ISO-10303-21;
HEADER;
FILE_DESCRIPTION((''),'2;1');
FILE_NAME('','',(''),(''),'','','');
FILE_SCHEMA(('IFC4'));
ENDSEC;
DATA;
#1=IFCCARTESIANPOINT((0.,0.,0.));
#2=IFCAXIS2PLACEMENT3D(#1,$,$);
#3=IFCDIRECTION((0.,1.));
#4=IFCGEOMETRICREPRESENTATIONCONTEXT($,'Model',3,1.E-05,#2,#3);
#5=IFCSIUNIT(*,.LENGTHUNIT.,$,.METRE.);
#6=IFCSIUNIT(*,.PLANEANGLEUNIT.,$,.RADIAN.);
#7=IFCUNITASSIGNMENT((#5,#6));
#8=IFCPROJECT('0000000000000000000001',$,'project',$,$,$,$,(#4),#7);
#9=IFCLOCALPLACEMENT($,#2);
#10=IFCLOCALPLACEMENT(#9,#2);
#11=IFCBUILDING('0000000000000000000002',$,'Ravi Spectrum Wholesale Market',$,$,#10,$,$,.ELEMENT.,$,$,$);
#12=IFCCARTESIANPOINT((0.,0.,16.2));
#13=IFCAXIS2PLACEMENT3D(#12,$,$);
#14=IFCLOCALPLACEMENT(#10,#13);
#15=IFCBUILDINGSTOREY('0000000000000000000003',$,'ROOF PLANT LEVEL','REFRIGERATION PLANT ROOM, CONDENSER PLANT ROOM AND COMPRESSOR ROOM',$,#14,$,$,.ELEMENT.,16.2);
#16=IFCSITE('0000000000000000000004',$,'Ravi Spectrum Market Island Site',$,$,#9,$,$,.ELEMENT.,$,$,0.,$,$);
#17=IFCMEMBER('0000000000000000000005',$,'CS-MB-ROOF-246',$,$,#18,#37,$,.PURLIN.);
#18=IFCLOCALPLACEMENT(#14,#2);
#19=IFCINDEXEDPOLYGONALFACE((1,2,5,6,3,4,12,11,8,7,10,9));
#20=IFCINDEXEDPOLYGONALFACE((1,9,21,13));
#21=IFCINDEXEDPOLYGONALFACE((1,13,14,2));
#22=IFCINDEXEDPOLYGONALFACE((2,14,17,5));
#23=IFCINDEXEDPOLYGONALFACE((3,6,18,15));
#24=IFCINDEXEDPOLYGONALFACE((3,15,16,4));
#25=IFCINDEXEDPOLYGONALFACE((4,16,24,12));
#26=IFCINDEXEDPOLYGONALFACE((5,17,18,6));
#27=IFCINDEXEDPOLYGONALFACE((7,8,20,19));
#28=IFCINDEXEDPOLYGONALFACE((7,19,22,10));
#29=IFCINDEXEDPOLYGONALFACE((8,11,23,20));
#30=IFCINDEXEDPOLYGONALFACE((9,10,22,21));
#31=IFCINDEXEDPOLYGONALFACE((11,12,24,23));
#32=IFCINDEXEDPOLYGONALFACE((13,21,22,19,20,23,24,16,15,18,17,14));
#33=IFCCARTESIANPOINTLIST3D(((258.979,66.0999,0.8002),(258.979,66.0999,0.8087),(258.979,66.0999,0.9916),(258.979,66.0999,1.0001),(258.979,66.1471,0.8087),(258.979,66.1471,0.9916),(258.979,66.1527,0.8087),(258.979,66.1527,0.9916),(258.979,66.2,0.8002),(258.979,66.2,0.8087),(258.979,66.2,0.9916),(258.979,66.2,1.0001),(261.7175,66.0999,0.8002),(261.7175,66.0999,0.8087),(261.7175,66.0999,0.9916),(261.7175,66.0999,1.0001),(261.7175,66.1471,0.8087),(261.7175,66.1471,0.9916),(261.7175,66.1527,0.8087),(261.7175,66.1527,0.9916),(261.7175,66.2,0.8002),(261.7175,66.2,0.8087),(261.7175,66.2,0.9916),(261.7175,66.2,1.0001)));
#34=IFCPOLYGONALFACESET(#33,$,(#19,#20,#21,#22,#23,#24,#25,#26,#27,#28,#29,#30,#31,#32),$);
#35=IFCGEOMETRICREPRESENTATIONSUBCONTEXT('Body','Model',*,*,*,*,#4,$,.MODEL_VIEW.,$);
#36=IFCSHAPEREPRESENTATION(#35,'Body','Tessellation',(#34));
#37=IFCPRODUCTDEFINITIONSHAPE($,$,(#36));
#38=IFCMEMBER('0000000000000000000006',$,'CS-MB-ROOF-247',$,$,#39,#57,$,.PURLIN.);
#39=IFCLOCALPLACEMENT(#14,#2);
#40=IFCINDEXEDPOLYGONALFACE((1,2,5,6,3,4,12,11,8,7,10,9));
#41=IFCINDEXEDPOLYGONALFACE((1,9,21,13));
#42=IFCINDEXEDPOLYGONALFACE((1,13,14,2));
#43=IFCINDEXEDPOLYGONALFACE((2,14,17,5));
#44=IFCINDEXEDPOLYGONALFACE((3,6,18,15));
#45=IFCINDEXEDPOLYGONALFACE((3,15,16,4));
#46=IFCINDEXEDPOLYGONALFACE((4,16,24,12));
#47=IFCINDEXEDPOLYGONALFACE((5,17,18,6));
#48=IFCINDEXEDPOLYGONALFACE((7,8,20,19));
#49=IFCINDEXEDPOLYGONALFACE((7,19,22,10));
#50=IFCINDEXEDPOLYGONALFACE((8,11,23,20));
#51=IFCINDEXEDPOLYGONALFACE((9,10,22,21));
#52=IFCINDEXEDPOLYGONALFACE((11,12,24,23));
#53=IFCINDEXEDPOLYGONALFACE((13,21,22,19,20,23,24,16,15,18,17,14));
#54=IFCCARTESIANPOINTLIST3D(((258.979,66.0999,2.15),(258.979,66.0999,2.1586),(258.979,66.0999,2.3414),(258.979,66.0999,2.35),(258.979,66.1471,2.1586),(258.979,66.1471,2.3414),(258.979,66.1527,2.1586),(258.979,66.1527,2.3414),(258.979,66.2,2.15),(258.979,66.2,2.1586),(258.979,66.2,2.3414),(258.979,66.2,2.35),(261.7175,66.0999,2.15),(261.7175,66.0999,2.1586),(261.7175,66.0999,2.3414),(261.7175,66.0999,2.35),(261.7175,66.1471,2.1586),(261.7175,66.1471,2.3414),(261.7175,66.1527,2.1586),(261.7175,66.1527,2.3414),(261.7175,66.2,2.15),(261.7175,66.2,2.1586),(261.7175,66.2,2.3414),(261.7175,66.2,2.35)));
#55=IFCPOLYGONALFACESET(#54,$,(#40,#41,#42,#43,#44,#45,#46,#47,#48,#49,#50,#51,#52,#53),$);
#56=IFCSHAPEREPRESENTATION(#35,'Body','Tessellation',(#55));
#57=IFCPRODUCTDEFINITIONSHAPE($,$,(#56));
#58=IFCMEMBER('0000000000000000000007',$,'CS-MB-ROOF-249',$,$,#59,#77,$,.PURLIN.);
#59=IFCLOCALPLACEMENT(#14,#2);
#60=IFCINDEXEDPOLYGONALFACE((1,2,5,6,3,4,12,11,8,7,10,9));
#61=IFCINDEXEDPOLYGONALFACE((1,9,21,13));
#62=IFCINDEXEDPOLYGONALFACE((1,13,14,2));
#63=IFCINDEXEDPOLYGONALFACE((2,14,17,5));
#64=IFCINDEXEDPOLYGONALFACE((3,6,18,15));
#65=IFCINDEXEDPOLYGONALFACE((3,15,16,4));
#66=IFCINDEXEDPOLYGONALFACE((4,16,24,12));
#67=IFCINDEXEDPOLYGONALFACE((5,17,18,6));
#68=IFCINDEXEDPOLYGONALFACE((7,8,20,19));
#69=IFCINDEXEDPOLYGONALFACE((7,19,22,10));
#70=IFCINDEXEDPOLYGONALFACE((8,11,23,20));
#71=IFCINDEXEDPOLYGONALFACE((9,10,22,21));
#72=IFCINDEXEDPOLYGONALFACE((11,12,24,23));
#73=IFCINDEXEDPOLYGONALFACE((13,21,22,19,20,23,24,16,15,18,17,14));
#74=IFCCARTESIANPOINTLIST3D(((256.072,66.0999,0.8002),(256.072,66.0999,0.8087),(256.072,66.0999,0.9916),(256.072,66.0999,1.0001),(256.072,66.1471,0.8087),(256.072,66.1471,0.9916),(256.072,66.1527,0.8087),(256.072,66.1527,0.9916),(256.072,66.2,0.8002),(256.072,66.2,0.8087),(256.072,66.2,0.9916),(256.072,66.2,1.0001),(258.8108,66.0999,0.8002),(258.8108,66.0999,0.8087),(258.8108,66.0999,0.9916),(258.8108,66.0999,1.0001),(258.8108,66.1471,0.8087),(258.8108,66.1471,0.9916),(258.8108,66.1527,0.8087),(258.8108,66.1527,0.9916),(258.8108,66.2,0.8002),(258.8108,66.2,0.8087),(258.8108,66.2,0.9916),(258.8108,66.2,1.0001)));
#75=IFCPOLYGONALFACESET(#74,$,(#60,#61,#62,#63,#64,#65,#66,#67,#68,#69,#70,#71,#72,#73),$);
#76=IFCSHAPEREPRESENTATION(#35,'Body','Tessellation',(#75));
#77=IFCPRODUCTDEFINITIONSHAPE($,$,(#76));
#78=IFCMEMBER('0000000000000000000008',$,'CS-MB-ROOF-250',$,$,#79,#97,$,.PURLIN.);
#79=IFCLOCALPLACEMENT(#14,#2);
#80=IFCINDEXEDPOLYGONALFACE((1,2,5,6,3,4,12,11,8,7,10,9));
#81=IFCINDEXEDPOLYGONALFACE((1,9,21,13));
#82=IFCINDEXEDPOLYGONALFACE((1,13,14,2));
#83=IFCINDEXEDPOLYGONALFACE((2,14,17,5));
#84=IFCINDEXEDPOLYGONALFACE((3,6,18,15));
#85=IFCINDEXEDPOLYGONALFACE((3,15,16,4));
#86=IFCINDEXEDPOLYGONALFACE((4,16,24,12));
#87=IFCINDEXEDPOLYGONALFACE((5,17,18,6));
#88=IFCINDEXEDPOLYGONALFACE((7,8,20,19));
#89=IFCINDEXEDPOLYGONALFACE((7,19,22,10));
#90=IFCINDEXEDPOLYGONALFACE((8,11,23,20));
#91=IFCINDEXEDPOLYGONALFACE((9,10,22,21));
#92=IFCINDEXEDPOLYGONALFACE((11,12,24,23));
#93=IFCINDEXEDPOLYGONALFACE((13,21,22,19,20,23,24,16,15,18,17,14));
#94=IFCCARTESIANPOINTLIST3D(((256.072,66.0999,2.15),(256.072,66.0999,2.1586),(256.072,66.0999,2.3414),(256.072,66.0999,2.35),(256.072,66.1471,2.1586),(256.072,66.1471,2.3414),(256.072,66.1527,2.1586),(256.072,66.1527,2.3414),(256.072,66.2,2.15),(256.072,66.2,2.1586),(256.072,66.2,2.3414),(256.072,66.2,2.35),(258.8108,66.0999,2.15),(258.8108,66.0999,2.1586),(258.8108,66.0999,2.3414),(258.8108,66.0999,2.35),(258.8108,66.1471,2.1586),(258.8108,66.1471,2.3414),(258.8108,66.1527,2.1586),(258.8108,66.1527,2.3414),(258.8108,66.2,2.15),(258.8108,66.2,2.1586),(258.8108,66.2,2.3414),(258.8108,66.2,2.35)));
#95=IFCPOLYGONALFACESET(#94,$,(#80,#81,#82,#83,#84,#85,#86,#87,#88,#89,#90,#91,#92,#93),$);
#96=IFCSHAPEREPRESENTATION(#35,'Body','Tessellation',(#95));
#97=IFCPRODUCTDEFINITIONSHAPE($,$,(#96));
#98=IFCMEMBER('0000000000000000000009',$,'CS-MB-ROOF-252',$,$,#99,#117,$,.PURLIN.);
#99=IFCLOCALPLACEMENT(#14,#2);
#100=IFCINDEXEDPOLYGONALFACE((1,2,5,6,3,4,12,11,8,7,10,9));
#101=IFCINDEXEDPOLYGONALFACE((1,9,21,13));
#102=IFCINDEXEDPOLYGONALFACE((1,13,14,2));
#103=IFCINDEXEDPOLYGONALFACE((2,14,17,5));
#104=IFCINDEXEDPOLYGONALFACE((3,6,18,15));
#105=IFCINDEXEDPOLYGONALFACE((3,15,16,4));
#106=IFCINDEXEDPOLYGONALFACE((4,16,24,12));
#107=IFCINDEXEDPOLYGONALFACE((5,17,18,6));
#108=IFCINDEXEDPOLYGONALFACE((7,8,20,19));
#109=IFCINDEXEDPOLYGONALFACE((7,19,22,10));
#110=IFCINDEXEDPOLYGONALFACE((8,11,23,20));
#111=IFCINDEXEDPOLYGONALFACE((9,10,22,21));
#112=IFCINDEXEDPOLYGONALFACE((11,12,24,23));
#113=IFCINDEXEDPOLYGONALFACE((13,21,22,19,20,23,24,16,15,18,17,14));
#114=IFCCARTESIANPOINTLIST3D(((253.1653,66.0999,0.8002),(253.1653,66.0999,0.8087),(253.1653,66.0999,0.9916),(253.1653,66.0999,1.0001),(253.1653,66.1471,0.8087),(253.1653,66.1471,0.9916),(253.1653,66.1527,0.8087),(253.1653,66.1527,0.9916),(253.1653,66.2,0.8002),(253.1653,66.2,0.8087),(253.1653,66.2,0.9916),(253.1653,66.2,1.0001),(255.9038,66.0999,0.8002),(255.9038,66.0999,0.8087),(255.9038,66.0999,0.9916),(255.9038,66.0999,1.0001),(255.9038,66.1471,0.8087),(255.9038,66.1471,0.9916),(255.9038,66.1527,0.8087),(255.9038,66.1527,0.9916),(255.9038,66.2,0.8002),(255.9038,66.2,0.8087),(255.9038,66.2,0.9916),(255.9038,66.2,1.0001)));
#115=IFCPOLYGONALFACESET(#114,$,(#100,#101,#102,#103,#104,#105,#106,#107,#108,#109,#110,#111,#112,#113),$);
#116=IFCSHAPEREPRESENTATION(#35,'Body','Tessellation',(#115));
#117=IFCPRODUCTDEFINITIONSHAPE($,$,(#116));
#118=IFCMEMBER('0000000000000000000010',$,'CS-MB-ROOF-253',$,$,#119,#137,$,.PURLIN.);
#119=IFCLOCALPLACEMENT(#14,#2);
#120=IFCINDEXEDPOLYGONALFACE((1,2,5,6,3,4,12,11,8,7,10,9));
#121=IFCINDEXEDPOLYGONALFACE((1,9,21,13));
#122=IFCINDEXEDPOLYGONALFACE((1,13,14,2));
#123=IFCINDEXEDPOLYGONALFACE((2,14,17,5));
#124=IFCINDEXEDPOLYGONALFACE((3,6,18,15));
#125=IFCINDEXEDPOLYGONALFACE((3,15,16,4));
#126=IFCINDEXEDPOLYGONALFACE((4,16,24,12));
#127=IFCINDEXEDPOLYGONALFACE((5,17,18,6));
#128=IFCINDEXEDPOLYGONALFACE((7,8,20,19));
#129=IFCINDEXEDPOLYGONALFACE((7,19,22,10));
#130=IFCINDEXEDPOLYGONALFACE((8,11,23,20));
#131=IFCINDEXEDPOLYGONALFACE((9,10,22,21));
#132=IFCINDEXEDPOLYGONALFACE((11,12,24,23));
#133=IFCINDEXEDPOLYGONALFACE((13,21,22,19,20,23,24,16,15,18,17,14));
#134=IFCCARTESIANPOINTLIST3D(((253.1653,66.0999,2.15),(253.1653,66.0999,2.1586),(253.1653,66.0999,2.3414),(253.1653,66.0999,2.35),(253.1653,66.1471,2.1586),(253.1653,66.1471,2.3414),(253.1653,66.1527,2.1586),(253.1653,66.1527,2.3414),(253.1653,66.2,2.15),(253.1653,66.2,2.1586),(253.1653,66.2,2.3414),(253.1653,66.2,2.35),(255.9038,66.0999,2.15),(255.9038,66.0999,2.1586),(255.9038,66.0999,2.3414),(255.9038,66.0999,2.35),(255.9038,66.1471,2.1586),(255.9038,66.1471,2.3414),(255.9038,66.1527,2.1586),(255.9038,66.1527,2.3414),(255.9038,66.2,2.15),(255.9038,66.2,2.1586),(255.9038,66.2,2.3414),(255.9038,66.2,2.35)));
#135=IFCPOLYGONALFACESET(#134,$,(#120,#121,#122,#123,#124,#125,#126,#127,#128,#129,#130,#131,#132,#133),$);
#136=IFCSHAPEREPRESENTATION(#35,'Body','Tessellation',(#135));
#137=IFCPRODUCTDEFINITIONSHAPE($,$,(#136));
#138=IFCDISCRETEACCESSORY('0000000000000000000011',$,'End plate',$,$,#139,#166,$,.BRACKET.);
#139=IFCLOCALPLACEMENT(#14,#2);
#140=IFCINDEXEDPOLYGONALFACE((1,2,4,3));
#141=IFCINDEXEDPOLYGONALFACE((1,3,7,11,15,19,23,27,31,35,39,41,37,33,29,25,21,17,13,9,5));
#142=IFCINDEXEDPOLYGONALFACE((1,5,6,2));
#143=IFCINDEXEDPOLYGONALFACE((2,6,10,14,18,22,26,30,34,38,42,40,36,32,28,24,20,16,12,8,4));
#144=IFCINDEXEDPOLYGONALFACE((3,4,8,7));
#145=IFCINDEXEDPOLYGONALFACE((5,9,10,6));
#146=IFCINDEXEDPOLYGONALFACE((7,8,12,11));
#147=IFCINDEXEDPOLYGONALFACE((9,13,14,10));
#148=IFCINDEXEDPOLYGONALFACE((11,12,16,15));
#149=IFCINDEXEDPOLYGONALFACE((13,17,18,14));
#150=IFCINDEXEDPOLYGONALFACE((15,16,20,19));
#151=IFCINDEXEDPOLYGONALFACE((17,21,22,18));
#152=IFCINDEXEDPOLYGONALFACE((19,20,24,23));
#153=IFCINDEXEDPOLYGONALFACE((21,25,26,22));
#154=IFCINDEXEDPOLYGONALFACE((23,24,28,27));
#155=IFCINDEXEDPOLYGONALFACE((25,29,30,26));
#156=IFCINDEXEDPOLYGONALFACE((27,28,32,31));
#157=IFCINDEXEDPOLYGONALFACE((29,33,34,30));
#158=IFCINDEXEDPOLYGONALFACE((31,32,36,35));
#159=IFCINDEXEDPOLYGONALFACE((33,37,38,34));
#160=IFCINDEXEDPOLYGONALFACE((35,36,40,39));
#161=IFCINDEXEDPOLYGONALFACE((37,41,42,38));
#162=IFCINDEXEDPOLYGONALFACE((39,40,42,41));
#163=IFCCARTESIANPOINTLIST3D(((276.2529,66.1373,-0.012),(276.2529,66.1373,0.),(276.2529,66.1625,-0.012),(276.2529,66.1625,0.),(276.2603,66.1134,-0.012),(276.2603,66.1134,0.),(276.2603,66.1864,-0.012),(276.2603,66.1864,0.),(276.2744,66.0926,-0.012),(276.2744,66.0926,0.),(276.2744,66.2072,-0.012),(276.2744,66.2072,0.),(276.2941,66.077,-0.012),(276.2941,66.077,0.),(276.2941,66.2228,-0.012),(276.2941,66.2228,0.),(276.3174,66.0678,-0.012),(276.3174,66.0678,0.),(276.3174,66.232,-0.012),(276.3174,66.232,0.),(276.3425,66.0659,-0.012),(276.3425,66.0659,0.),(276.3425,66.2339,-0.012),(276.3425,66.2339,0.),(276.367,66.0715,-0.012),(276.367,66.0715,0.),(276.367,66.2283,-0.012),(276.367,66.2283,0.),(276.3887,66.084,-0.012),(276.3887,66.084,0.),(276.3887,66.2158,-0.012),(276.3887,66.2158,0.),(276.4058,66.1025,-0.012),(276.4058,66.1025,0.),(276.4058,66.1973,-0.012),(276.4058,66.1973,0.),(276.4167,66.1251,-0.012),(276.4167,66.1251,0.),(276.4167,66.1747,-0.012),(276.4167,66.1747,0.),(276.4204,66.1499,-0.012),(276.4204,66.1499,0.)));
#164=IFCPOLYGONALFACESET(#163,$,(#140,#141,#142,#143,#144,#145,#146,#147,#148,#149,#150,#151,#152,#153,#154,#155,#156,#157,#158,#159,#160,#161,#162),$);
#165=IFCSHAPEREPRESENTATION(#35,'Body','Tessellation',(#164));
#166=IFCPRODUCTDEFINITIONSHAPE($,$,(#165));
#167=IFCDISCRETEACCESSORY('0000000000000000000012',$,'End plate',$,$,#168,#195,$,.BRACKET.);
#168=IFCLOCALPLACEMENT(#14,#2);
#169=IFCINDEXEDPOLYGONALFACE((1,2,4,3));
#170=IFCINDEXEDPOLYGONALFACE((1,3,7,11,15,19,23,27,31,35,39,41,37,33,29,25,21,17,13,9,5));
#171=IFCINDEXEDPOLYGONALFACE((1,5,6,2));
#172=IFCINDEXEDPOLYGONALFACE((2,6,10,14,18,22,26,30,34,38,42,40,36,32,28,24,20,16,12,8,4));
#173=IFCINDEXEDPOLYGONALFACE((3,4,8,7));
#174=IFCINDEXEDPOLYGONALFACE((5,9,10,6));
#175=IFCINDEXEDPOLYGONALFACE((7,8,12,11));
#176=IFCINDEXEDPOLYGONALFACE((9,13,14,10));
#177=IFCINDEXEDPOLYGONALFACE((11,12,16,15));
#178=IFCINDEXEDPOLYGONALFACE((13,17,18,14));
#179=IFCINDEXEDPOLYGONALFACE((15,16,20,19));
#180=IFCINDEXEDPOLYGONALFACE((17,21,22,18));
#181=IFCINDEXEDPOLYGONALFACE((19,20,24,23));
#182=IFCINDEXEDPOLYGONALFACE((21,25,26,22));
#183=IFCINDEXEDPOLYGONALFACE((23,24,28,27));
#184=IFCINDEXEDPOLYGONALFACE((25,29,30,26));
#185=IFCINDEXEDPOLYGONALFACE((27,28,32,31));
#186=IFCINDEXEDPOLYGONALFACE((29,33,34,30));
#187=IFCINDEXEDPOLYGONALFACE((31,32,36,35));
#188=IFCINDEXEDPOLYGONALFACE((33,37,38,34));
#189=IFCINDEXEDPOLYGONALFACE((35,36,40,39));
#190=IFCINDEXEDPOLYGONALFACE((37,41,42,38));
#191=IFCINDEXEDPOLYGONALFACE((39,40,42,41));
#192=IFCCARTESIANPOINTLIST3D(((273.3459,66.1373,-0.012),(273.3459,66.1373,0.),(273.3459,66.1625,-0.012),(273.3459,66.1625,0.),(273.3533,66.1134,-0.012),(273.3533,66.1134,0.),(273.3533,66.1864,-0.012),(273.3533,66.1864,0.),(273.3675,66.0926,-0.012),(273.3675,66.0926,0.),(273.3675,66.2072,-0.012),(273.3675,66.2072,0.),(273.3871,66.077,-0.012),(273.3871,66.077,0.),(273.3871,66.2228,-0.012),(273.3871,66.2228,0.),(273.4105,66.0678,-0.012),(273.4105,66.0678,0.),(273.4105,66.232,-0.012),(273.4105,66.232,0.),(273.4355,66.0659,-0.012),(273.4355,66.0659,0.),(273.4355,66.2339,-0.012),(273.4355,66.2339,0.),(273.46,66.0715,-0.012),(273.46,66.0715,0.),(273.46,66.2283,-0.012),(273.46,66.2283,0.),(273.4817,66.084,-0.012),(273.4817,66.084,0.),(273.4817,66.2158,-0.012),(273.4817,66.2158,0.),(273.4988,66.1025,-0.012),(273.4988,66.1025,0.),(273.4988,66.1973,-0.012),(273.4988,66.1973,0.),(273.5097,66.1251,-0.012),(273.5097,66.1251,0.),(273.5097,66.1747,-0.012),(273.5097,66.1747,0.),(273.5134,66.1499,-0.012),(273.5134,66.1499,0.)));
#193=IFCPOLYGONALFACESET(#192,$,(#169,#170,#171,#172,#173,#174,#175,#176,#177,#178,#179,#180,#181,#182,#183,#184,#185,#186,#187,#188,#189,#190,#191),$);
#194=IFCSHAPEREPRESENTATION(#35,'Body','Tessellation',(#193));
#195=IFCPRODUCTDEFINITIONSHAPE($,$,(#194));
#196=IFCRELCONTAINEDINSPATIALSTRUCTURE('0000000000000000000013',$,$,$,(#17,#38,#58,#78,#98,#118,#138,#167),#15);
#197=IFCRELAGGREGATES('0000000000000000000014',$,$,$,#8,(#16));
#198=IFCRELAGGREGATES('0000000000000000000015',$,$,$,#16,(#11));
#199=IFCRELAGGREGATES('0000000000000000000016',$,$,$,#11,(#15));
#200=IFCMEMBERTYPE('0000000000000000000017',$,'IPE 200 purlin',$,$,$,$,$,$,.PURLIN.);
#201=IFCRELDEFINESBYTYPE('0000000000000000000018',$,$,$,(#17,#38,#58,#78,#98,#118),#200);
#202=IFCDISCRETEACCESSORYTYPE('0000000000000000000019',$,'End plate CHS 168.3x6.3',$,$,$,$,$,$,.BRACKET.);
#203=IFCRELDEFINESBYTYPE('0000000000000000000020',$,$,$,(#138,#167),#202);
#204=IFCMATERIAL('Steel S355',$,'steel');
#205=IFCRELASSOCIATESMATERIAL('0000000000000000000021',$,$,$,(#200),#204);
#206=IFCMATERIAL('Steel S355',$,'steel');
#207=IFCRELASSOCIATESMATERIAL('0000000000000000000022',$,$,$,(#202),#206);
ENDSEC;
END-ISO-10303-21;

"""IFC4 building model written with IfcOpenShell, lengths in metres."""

from ifc_helpers import new_model, si_unit, direction, frame, origin, origin_2d, place, context, subcontext, project, spatial, circle, i_section, extrude, material, material_profile, profile_set, type_object, element, save


model = new_model("IFC4")

# Units and contexts
model_context = context("Model", 3, precision=1e-05, world=origin(), true_north=direction((0.0, 1.0)))
body_context = subcontext(model_context, "Body", "Model", "MODEL_VIEW")
ifc_project = project(units=[si_unit("LENGTHUNIT", "METRE"), si_unit("PLANEANGLEUNIT", "RADIAN")], contexts=[model_context])

# Site, building, storey
site_placement = place(None, origin())
site = spatial("IfcSite", under=ifc_project, at=site_placement, Name="Ravi Spectrum Market Island Site", CompositionType="ELEMENT", RefElevation=0.0)
building_placement = place(site_placement, origin())
building = spatial("IfcBuilding", under=site, at=building_placement, Name="Ravi Spectrum Wholesale Market", CompositionType="ELEMENT")
storey_placement = place(building_placement, frame((0.0, 0.0, 16.2)))
storey = spatial("IfcBuildingStorey", under=building, at=storey_placement, Name="ROOF PLANT LEVEL", Description="REFRIGERATION PLANT ROOM, CONDENSER PLANT ROOM AND COMPRESSOR ROOM", CompositionType="ELEMENT", Elevation=16.2)

# Members
ifc_material_1 = material(Name="Steel S355", Category="steel")
ifc_material_profile_1 = material_profile(ifc_material_1, i_section(OverallWidth=0.1001, OverallDepth=0.2, WebThickness=0.0056, FlangeThickness=0.0085, at=origin_2d()))
ifc_profile_set_1 = profile_set([ifc_material_profile_1], Name="Steel S355")
member_type_1 = type_object("IfcMemberType", Name="IPE 200 purlin", PredefinedType="PURLIN", material=ifc_profile_set_1)
for number, where, z_axis, x_axis, name in (
    (1, (261.7175, 66.1499, 0.9001), (-1.0, 0.0, 0.0), (0.0, -1.0, 0.0), "CS-MB-ROOF-246"),
    (2, (261.7175, 66.1499, 2.25), (-1.0, 0.0, 0.0), (0.0, -1.0, 0.0), "CS-MB-ROOF-247"),
):
    element("IfcMember", number, at=place(storey_placement, frame(where, z_axis=z_axis, x_axis=x_axis)), inside=storey, type_object=member_type_1, Name=name, PredefinedType="PURLIN", context=body_context, shape_type="SweptSolid", body=[
        extrude(i_section(OverallWidth=0.1001, OverallDepth=0.2, WebThickness=0.0056, FlangeThickness=0.0085, at=origin_2d()), origin(), (0.0, 0.0, 1.0), 2.7385),
    ])
for number, where, z_axis, x_axis, name in (
    (3, (258.8108, 66.1499, 0.9001), (-1.0, 0.0, 0.0), (0.0, -1.0, 0.0), "CS-MB-ROOF-249"),
    (4, (258.8108, 66.1499, 2.25), (-1.0, 0.0, 0.0), (0.0, -1.0, 0.0), "CS-MB-ROOF-250"),
):
    element("IfcMember", number, at=place(storey_placement, frame(where, z_axis=z_axis, x_axis=x_axis)), inside=storey, type_object=member_type_1, Name=name, PredefinedType="PURLIN", context=body_context, shape_type="SweptSolid", body=[
        extrude(i_section(OverallWidth=0.1001, OverallDepth=0.2, WebThickness=0.0056, FlangeThickness=0.0085, at=origin_2d()), origin(), (0.0, 0.0, 1.0), 2.7388),
    ])
for number, where, z_axis, x_axis, name in (
    (5, (255.9038, 66.1499, 0.9001), (-1.0, 0.0, 0.0), (0.0, -1.0, 0.0), "CS-MB-ROOF-252"),
    (6, (255.9038, 66.1499, 2.25), (-1.0, 0.0, 0.0), (0.0, -1.0, 0.0), "CS-MB-ROOF-253"),
):
    element("IfcMember", number, at=place(storey_placement, frame(where, z_axis=z_axis, x_axis=x_axis)), inside=storey, type_object=member_type_1, Name=name, PredefinedType="PURLIN", context=body_context, shape_type="SweptSolid", body=[
        extrude(i_section(OverallWidth=0.1001, OverallDepth=0.2, WebThickness=0.0056, FlangeThickness=0.0085, at=origin_2d()), origin(), (0.0, 0.0, 1.0), 2.7385),
    ])

# Discrete accessories
ifc_material_2 = material(Name="Steel S355", Category="steel")
ifc_material_profile_2 = material_profile(ifc_material_2, circle(Radius=0.0842, at=origin_2d()))
ifc_profile_set_2 = profile_set([ifc_material_profile_2], Name="Steel S355")
discrete_accessory_type = type_object("IfcDiscreteAccessoryType", Name="End plate CHS 168.3x6.3", PredefinedType="BRACKET", material=ifc_profile_set_2)
for number, where, z_axis, x_axis, name in (
    (7, (276.3362, 66.1499, 0.0), (0.0, 0.0, -1.0), (1.0, 0.0, 0.0), "End plate"),
    (8, (273.4292, 66.1499, 0.0), (0.0, 0.0, -1.0), (1.0, 0.0, 0.0), "End plate"),
):
    element("IfcDiscreteAccessory", number, at=place(storey_placement, frame(where, z_axis=z_axis, x_axis=x_axis)), inside=storey, type_object=discrete_accessory_type, Name=name, PredefinedType="BRACKET", context=body_context, shape_type="SweptSolid", body=[
        extrude(circle(Radius=0.0842, at=origin_2d()), origin(), (0.0, 0.0, 1.0), 0.012),
    ])

save(model, "model.ifc")
